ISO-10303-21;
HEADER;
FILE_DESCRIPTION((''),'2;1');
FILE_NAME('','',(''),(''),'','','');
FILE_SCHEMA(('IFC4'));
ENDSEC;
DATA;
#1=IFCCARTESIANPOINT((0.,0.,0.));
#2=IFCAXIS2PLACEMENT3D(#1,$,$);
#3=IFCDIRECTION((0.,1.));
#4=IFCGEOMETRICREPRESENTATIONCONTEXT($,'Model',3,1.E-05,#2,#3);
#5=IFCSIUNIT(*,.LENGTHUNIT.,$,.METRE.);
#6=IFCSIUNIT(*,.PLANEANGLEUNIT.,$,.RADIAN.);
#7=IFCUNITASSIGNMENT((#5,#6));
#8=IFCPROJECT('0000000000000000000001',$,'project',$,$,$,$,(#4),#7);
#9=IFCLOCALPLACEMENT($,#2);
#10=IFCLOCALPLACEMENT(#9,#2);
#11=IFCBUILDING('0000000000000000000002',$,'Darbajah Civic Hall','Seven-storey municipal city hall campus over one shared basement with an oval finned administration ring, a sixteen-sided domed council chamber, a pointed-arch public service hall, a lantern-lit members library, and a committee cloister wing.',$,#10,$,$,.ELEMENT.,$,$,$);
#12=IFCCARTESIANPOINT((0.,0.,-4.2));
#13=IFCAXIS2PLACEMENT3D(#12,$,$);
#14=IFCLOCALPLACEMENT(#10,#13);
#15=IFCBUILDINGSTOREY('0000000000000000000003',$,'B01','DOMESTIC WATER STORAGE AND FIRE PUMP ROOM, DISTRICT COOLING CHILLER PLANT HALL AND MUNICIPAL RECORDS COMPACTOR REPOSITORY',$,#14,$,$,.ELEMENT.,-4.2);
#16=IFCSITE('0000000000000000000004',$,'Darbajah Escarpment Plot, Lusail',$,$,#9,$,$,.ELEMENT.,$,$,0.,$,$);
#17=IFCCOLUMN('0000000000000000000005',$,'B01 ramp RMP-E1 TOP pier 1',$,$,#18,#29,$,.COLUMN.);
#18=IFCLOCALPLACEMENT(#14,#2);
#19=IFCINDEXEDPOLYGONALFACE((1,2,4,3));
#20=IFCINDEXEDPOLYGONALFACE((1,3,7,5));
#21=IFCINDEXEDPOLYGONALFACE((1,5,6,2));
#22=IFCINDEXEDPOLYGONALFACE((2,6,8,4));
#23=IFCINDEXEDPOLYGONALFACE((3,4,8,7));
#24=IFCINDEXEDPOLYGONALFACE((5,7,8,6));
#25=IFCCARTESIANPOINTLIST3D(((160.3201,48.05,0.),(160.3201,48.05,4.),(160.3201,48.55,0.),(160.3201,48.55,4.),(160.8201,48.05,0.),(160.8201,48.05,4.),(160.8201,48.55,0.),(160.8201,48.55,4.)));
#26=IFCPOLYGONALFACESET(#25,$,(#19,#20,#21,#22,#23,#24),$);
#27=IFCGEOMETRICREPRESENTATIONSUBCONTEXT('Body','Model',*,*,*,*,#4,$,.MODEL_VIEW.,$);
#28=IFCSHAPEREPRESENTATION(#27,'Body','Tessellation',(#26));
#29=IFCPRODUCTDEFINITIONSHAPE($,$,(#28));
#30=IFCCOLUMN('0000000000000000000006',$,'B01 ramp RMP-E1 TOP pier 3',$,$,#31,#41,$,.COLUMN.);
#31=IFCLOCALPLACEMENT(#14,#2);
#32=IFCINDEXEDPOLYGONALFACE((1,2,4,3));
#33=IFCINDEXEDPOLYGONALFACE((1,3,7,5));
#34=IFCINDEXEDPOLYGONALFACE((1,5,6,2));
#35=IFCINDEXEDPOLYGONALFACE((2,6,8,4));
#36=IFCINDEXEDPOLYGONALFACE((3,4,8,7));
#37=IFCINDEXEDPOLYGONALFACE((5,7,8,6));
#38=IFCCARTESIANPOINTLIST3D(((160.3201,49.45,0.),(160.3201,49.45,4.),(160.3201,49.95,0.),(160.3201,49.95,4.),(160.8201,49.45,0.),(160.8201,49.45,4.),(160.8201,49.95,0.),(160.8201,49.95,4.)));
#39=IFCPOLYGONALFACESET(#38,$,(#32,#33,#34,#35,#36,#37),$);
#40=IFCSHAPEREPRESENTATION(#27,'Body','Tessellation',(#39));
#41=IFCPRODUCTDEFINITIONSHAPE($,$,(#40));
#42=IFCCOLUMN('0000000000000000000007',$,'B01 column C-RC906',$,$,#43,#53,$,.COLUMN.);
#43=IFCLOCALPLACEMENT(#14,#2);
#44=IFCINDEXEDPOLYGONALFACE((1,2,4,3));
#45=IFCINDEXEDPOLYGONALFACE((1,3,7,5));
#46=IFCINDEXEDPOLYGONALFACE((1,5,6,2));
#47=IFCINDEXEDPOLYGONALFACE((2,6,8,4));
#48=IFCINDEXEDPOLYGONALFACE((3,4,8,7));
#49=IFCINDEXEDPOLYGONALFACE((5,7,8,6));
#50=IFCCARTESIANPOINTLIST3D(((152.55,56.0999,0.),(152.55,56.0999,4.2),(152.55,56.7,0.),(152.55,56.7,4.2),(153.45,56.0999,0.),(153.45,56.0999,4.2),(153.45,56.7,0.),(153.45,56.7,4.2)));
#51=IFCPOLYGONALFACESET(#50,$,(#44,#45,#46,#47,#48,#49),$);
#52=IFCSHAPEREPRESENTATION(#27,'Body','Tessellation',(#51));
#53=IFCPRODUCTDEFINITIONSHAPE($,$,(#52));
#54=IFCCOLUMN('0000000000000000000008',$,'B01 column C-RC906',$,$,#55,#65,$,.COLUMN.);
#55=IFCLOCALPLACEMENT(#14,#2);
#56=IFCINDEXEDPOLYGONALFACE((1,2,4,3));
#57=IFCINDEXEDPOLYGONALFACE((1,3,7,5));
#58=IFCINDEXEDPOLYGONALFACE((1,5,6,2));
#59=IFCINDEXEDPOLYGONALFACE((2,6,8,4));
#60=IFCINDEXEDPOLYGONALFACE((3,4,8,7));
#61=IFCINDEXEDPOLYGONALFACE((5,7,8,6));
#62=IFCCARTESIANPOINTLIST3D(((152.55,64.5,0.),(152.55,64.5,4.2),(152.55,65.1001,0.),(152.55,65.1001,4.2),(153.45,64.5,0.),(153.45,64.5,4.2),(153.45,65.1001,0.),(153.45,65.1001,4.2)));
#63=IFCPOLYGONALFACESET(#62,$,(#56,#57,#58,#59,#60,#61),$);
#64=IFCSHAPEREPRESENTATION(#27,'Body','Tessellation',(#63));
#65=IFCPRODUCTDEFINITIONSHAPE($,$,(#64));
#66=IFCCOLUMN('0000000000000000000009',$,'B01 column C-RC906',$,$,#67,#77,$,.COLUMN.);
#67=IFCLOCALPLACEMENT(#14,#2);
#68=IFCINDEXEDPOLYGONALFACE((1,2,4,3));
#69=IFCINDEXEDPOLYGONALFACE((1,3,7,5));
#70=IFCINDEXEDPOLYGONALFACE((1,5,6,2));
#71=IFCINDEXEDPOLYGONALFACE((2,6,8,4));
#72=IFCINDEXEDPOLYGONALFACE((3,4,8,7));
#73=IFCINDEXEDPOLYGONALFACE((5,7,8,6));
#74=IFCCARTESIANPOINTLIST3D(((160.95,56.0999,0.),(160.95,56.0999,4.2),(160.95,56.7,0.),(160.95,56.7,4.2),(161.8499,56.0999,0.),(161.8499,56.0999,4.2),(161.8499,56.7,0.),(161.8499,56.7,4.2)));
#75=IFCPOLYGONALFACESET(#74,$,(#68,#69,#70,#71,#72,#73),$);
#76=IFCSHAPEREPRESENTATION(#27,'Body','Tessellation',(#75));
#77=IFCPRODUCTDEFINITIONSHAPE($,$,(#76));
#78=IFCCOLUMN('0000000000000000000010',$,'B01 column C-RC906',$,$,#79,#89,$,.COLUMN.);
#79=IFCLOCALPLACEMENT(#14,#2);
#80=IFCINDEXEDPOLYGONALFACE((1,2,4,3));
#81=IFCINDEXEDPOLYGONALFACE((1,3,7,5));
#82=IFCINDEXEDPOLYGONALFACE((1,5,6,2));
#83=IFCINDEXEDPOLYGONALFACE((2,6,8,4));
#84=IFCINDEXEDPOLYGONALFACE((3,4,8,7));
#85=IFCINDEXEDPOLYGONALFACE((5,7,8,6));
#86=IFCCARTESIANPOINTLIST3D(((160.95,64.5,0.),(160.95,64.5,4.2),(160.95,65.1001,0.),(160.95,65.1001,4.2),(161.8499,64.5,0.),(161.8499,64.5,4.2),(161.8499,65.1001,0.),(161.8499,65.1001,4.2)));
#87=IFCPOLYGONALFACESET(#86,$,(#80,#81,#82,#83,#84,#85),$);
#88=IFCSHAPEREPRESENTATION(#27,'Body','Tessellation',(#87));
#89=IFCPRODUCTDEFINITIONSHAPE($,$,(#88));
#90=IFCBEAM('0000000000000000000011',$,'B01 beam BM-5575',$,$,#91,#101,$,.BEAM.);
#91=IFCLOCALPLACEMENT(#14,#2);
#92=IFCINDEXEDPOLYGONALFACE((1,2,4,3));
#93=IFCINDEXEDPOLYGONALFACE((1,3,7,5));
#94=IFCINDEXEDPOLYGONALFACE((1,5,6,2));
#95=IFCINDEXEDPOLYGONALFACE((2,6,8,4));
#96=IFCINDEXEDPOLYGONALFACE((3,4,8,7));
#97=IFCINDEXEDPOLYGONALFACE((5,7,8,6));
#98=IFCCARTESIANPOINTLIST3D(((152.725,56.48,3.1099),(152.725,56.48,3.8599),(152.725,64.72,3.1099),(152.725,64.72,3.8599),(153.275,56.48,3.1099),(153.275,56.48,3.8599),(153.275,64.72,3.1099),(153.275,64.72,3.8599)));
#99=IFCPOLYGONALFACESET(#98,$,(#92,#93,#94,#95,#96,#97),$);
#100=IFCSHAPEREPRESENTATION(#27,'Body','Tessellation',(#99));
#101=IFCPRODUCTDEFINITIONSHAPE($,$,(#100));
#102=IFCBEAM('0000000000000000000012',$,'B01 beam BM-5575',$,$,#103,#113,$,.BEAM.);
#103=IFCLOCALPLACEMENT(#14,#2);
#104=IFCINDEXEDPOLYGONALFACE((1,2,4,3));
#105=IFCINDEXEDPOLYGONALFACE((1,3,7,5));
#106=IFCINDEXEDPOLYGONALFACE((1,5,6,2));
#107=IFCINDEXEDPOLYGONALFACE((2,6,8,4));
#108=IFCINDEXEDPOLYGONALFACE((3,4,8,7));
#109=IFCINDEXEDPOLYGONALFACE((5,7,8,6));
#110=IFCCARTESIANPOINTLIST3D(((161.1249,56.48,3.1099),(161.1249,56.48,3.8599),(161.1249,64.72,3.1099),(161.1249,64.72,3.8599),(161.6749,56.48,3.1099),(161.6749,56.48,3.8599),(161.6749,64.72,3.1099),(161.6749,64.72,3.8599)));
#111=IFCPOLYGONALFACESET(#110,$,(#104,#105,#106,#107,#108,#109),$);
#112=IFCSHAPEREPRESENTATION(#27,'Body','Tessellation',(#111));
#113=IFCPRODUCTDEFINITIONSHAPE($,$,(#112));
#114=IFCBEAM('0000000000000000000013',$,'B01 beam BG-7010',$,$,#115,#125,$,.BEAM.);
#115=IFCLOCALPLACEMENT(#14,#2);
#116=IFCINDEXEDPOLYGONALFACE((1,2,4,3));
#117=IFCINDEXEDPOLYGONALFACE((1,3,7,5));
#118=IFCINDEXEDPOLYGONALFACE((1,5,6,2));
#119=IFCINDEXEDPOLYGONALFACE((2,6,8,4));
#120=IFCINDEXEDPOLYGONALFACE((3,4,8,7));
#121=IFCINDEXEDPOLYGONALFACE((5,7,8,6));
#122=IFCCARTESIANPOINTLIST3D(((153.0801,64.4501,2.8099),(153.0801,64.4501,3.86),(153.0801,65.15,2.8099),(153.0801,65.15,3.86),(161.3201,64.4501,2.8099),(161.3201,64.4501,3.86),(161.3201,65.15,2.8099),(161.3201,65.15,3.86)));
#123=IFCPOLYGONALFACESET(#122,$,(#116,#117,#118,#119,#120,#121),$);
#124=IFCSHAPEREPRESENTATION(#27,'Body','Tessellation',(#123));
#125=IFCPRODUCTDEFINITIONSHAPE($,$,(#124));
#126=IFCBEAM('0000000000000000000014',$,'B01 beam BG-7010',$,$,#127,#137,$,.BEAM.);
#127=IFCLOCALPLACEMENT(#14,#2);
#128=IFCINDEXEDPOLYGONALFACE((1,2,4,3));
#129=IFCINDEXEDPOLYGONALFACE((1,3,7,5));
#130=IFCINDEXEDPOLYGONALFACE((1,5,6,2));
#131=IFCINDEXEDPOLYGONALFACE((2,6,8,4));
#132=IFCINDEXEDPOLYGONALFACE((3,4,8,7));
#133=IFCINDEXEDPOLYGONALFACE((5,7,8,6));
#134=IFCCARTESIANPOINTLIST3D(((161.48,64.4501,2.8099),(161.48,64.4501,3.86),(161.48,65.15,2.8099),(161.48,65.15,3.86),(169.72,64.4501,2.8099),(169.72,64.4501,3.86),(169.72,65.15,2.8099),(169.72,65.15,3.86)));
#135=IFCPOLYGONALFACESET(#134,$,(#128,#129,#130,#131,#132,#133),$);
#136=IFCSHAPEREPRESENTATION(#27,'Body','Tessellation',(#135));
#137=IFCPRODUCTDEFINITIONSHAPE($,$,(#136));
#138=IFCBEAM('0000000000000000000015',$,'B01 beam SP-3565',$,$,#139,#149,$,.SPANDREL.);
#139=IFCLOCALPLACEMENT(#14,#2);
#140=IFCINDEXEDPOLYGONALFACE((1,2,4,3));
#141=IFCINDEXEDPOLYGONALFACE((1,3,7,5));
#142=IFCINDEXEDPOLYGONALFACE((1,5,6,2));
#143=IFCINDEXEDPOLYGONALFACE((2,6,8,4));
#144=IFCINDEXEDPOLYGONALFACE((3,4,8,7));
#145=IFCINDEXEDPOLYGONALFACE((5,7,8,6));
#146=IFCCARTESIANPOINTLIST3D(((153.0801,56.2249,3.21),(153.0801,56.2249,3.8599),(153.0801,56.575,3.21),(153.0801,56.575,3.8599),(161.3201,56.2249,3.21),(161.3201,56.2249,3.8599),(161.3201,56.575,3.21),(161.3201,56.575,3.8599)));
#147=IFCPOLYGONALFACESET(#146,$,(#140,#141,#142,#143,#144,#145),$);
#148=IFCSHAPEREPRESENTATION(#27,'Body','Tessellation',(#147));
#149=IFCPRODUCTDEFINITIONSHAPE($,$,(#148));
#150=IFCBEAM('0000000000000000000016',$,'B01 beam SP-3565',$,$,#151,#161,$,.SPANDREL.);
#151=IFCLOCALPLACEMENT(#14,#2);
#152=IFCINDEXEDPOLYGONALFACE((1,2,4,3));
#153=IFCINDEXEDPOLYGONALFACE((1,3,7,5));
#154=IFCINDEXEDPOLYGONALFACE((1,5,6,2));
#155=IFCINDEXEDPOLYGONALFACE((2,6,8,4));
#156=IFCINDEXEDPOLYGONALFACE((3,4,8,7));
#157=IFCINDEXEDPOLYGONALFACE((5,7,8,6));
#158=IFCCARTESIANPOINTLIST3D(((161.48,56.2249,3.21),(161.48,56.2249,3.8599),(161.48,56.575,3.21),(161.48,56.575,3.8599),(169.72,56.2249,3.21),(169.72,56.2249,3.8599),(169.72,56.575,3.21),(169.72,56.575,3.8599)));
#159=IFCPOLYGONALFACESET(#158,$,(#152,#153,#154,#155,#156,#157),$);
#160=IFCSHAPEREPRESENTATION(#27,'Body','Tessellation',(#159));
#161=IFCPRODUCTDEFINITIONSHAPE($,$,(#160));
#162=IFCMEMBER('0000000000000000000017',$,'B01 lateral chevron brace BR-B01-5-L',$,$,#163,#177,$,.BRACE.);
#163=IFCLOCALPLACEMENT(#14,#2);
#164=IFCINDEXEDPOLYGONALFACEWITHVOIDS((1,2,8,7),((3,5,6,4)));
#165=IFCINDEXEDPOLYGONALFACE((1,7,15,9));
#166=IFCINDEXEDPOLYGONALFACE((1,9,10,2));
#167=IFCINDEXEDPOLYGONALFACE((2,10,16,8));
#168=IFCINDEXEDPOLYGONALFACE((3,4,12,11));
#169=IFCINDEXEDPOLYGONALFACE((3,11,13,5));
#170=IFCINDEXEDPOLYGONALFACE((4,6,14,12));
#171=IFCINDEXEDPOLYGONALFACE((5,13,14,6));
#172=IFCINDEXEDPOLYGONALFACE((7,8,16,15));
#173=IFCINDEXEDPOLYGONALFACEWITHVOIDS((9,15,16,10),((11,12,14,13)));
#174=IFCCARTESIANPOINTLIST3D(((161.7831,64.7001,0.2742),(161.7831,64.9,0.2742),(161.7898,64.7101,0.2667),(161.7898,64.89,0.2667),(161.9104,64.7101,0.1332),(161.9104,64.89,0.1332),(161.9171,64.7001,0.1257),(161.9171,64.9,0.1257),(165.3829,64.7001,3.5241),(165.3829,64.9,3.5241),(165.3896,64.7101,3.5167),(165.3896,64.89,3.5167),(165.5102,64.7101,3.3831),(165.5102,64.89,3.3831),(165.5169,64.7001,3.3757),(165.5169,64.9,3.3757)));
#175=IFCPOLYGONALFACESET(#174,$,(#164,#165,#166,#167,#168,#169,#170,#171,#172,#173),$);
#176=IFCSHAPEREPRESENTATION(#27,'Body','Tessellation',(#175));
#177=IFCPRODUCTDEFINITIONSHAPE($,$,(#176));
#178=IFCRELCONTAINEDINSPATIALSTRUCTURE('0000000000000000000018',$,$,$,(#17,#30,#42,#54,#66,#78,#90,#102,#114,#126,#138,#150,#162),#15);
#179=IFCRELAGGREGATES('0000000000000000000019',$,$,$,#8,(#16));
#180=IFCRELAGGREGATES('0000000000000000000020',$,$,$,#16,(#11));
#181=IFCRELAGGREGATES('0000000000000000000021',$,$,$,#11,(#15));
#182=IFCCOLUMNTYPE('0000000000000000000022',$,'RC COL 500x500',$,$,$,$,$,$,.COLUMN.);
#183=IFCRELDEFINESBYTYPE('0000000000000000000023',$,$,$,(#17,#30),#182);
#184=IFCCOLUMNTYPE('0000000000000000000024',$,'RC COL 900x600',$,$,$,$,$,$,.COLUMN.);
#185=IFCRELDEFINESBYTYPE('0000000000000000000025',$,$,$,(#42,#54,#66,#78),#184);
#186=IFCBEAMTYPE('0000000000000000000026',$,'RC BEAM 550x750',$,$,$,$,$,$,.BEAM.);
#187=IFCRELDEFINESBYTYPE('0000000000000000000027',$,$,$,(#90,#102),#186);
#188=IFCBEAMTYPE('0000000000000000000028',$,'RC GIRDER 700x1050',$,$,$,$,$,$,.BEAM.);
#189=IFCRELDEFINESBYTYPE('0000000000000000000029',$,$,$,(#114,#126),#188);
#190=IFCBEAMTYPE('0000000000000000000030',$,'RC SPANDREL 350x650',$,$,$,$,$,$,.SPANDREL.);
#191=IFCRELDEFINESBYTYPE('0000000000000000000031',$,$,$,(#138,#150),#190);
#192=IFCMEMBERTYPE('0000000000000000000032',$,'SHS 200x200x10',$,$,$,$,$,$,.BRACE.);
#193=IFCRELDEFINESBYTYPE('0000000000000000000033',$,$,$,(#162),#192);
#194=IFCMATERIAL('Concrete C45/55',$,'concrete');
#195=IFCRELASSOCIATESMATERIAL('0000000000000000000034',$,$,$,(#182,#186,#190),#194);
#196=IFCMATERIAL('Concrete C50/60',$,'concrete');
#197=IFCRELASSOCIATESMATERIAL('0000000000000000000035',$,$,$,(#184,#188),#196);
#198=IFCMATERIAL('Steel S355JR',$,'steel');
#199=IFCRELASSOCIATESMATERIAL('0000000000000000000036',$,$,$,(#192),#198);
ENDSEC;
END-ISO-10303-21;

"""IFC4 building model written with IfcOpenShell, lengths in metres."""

from ifc_helpers import new_model, si_unit, direction, frame, origin, origin_2d, place, context, subcontext, project, spatial, rectangle, hollow_rectangle, extrude, material, material_profile, profile_set, type_object, element, save


model = new_model("IFC4")

# Units and contexts
model_context = context("Model", 3, precision=1e-05, world=origin(), true_north=direction((0.0, 1.0)))
body_context = subcontext(model_context, "Body", "Model", "MODEL_VIEW")
ifc_project = project(units=[si_unit("LENGTHUNIT", "METRE"), si_unit("PLANEANGLEUNIT", "RADIAN")], contexts=[model_context])

# Site, building, storey
site_placement = place(None, origin())
site = spatial("IfcSite", under=ifc_project, at=site_placement, Name="Darbajah Escarpment Plot, Lusail", CompositionType="ELEMENT", RefElevation=0.0)
building_placement = place(site_placement, origin())
building = spatial("IfcBuilding", under=site, at=building_placement, Name="Darbajah Civic Hall", Description="Seven-storey municipal city hall campus over one shared basement with an oval finned administration ring, a sixteen-sided domed council chamber, a pointed-arch public service hall, a lantern-lit members library, and a committee cloister wing.", CompositionType="ELEMENT")
storey_placement = place(building_placement, frame((0.0, 0.0, -4.2)))
storey = spatial("IfcBuildingStorey", under=building, at=storey_placement, Name="B01", Description="DOMESTIC WATER STORAGE AND FIRE PUMP ROOM, DISTRICT COOLING CHILLER PLANT HALL AND MUNICIPAL RECORDS COMPACTOR REPOSITORY", CompositionType="ELEMENT", Elevation=-4.2)

# Shared definitions
ifc_material_1 = material(Name="Concrete C45/55", Category="concrete")

# Columns
ifc_material_profile_1 = material_profile(ifc_material_1, rectangle(XDim=0.5, YDim=0.5, at=origin_2d()), Name="RC COL 500x500")
ifc_profile_set_1 = profile_set([ifc_material_profile_1], Name="Concrete C45/55")
column_type_1 = type_object("IfcColumnType", Name="RC COL 500x500", PredefinedType="COLUMN", material=ifc_profile_set_1)
for number, where, z_axis, x_axis, name in (
    (1, (160.5701, 48.3, 0.0), (0.0, 0.0, 1.0), (1.0, 0.0, 0.0), "B01 ramp RMP-E1 TOP pier 1"),
    (2, (160.5701, 49.7, 0.0), (0.0, 0.0, 1.0), (1.0, 0.0, 0.0), "B01 ramp RMP-E1 TOP pier 3"),
):
    element("IfcColumn", number, at=place(storey_placement, frame(where, z_axis=z_axis, x_axis=x_axis)), inside=storey, type_object=column_type_1, Name=name, PredefinedType="COLUMN", context=body_context, shape_type="SweptSolid", body=[
        extrude(rectangle(XDim=0.5, YDim=0.5, at=origin_2d()), origin(), (0.0, 0.0, 1.0), 4.0),
    ])
ifc_material_2 = material(Name="Concrete C50/60", Category="concrete")
ifc_material_profile_2 = material_profile(ifc_material_2, rectangle(XDim=0.8999, YDim=0.6001, at=origin_2d()), Name="RC COL 900x600")
ifc_profile_set_2 = profile_set([ifc_material_profile_2], Name="Concrete C50/60")
column_type_2 = type_object("IfcColumnType", Name="RC COL 900x600", PredefinedType="COLUMN", material=ifc_profile_set_2)
for number, where, z_axis, x_axis, name in (
    (3, (153.0, 56.3999, 0.0), (0.0, 0.0, 1.0), (1.0, 0.0, 0.0), "B01 column C-RC906"),
    (4, (153.0, 64.8, 0.0), (0.0, 0.0, 1.0), (1.0, 0.0, 0.0), "B01 column C-RC906"),
    (5, (161.3999, 56.3999, 0.0), (0.0, 0.0, 1.0), (1.0, 0.0, 0.0), "B01 column C-RC906"),
    (6, (161.3999, 64.8, 0.0), (0.0, 0.0, 1.0), (1.0, 0.0, 0.0), "B01 column C-RC906"),
):
    element("IfcColumn", number, at=place(storey_placement, frame(where, z_axis=z_axis, x_axis=x_axis)), inside=storey, type_object=column_type_2, Name=name, PredefinedType="COLUMN", context=body_context, shape_type="SweptSolid", body=[
        extrude(rectangle(XDim=0.8999, YDim=0.6001, at=origin_2d()), origin(), (0.0, 0.0, 1.0), 4.2),
    ])

# Beams
ifc_material_profile_3 = material_profile(ifc_material_1, rectangle(XDim=0.55, YDim=0.75, at=origin_2d()), Name="RC BEAM 550x750")
ifc_profile_set_3 = profile_set([ifc_material_profile_3], Name="Concrete C45/55")
beam_type_1 = type_object("IfcBeamType", Name="RC BEAM 550x750", PredefinedType="BEAM", material=ifc_profile_set_3)
for number, where, z_axis, x_axis, name in (
    (7, (153.0, 56.48, 3.4849), (0.0, 1.0, 0.0), (-1.0, 0.0, 0.0), "B01 beam BM-5575"),
    (8, (161.3999, 56.48, 3.4849), (0.0, 1.0, 0.0), (-1.0, 0.0, 0.0), "B01 beam BM-5575"),
):
    element("IfcBeam", number, at=place(storey_placement, frame(where, z_axis=z_axis, x_axis=x_axis)), inside=storey, type_object=beam_type_1, Name=name, PredefinedType="BEAM", context=body_context, shape_type="SweptSolid", body=[
        extrude(rectangle(XDim=0.55, YDim=0.75, at=origin_2d()), origin(), (0.0, 0.0, 1.0), 8.24),
    ])
ifc_material_profile_4 = material_profile(ifc_material_2, rectangle(XDim=0.7, YDim=1.05, at=origin_2d()), Name="RC GIRDER 700x1050")
ifc_profile_set_4 = profile_set([ifc_material_profile_4], Name="Concrete C50/60")
beam_type_2 = type_object("IfcBeamType", Name="RC GIRDER 700x1050", PredefinedType="BEAM", material=ifc_profile_set_4)
for number, where, z_axis, x_axis, name in (
    (9, (153.0801, 64.8, 3.335), (1.0, 0.0, 0.0), (0.0, 1.0, 0.0), "B01 beam BG-7010"),
    (10, (161.48, 64.8, 3.335), (1.0, 0.0, 0.0), (0.0, 1.0, 0.0), "B01 beam BG-7010"),
):
    element("IfcBeam", number, at=place(storey_placement, frame(where, z_axis=z_axis, x_axis=x_axis)), inside=storey, type_object=beam_type_2, Name=name, PredefinedType="BEAM", context=body_context, shape_type="SweptSolid", body=[
        extrude(rectangle(XDim=0.7, YDim=1.05, at=origin_2d()), origin(), (0.0, 0.0, 1.0), 8.24),
    ])
ifc_material_profile_5 = material_profile(ifc_material_1, rectangle(XDim=0.3501, YDim=0.6499, at=origin_2d()), Name="RC SPANDREL 350x650")
ifc_profile_set_5 = profile_set([ifc_material_profile_5], Name="Concrete C45/55")
beam_type_3 = type_object("IfcBeamType", Name="RC SPANDREL 350x650", PredefinedType="SPANDREL", material=ifc_profile_set_5)
for number, where, z_axis, x_axis, name in (
    (11, (153.0801, 56.3999, 3.5349), (1.0, 0.0, 0.0), (0.0, 1.0, 0.0), "B01 beam SP-3565"),
    (12, (161.48, 56.3999, 3.5349), (1.0, 0.0, 0.0), (0.0, 1.0, 0.0), "B01 beam SP-3565"),
):
    element("IfcBeam", number, at=place(storey_placement, frame(where, z_axis=z_axis, x_axis=x_axis)), inside=storey, type_object=beam_type_3, Name=name, PredefinedType="SPANDREL", context=body_context, shape_type="SweptSolid", body=[
        extrude(rectangle(XDim=0.3501, YDim=0.6499, at=origin_2d()), origin(), (0.0, 0.0, 1.0), 8.24),
    ])

# Member
ifc_material_3 = material(Name="Steel S355JR", Category="steel")
ifc_material_profile_6 = material_profile(ifc_material_3, hollow_rectangle(XDim=0.2, YDim=0.2, WallThickness=0.01, at=origin_2d()), Name="SHS 200x200x10")
ifc_profile_set_6 = profile_set([ifc_material_profile_6], Name="Steel S355JR")
member_type = type_object("IfcMemberType", Name="SHS 200x200x10", PredefinedType="BRACE", material=ifc_profile_set_6)
member_placement = place(storey_placement, frame((161.8501, 64.8, 0.2), z_axis=(0.742254, 0.0, 0.670118), x_axis=(0.0, 1.0, 0.0)))
element("IfcMember", 13, at=member_placement, inside=storey, type_object=member_type, Name="B01 lateral chevron brace BR-B01-5-L", PredefinedType="BRACE", context=body_context, shape_type="SweptSolid", body=[
    extrude(hollow_rectangle(XDim=0.2, YDim=0.2, WallThickness=0.01, at=origin_2d()), origin(), (0.0, 0.0, 1.0), 4.8499),
])

save(model, "model.ifc")
